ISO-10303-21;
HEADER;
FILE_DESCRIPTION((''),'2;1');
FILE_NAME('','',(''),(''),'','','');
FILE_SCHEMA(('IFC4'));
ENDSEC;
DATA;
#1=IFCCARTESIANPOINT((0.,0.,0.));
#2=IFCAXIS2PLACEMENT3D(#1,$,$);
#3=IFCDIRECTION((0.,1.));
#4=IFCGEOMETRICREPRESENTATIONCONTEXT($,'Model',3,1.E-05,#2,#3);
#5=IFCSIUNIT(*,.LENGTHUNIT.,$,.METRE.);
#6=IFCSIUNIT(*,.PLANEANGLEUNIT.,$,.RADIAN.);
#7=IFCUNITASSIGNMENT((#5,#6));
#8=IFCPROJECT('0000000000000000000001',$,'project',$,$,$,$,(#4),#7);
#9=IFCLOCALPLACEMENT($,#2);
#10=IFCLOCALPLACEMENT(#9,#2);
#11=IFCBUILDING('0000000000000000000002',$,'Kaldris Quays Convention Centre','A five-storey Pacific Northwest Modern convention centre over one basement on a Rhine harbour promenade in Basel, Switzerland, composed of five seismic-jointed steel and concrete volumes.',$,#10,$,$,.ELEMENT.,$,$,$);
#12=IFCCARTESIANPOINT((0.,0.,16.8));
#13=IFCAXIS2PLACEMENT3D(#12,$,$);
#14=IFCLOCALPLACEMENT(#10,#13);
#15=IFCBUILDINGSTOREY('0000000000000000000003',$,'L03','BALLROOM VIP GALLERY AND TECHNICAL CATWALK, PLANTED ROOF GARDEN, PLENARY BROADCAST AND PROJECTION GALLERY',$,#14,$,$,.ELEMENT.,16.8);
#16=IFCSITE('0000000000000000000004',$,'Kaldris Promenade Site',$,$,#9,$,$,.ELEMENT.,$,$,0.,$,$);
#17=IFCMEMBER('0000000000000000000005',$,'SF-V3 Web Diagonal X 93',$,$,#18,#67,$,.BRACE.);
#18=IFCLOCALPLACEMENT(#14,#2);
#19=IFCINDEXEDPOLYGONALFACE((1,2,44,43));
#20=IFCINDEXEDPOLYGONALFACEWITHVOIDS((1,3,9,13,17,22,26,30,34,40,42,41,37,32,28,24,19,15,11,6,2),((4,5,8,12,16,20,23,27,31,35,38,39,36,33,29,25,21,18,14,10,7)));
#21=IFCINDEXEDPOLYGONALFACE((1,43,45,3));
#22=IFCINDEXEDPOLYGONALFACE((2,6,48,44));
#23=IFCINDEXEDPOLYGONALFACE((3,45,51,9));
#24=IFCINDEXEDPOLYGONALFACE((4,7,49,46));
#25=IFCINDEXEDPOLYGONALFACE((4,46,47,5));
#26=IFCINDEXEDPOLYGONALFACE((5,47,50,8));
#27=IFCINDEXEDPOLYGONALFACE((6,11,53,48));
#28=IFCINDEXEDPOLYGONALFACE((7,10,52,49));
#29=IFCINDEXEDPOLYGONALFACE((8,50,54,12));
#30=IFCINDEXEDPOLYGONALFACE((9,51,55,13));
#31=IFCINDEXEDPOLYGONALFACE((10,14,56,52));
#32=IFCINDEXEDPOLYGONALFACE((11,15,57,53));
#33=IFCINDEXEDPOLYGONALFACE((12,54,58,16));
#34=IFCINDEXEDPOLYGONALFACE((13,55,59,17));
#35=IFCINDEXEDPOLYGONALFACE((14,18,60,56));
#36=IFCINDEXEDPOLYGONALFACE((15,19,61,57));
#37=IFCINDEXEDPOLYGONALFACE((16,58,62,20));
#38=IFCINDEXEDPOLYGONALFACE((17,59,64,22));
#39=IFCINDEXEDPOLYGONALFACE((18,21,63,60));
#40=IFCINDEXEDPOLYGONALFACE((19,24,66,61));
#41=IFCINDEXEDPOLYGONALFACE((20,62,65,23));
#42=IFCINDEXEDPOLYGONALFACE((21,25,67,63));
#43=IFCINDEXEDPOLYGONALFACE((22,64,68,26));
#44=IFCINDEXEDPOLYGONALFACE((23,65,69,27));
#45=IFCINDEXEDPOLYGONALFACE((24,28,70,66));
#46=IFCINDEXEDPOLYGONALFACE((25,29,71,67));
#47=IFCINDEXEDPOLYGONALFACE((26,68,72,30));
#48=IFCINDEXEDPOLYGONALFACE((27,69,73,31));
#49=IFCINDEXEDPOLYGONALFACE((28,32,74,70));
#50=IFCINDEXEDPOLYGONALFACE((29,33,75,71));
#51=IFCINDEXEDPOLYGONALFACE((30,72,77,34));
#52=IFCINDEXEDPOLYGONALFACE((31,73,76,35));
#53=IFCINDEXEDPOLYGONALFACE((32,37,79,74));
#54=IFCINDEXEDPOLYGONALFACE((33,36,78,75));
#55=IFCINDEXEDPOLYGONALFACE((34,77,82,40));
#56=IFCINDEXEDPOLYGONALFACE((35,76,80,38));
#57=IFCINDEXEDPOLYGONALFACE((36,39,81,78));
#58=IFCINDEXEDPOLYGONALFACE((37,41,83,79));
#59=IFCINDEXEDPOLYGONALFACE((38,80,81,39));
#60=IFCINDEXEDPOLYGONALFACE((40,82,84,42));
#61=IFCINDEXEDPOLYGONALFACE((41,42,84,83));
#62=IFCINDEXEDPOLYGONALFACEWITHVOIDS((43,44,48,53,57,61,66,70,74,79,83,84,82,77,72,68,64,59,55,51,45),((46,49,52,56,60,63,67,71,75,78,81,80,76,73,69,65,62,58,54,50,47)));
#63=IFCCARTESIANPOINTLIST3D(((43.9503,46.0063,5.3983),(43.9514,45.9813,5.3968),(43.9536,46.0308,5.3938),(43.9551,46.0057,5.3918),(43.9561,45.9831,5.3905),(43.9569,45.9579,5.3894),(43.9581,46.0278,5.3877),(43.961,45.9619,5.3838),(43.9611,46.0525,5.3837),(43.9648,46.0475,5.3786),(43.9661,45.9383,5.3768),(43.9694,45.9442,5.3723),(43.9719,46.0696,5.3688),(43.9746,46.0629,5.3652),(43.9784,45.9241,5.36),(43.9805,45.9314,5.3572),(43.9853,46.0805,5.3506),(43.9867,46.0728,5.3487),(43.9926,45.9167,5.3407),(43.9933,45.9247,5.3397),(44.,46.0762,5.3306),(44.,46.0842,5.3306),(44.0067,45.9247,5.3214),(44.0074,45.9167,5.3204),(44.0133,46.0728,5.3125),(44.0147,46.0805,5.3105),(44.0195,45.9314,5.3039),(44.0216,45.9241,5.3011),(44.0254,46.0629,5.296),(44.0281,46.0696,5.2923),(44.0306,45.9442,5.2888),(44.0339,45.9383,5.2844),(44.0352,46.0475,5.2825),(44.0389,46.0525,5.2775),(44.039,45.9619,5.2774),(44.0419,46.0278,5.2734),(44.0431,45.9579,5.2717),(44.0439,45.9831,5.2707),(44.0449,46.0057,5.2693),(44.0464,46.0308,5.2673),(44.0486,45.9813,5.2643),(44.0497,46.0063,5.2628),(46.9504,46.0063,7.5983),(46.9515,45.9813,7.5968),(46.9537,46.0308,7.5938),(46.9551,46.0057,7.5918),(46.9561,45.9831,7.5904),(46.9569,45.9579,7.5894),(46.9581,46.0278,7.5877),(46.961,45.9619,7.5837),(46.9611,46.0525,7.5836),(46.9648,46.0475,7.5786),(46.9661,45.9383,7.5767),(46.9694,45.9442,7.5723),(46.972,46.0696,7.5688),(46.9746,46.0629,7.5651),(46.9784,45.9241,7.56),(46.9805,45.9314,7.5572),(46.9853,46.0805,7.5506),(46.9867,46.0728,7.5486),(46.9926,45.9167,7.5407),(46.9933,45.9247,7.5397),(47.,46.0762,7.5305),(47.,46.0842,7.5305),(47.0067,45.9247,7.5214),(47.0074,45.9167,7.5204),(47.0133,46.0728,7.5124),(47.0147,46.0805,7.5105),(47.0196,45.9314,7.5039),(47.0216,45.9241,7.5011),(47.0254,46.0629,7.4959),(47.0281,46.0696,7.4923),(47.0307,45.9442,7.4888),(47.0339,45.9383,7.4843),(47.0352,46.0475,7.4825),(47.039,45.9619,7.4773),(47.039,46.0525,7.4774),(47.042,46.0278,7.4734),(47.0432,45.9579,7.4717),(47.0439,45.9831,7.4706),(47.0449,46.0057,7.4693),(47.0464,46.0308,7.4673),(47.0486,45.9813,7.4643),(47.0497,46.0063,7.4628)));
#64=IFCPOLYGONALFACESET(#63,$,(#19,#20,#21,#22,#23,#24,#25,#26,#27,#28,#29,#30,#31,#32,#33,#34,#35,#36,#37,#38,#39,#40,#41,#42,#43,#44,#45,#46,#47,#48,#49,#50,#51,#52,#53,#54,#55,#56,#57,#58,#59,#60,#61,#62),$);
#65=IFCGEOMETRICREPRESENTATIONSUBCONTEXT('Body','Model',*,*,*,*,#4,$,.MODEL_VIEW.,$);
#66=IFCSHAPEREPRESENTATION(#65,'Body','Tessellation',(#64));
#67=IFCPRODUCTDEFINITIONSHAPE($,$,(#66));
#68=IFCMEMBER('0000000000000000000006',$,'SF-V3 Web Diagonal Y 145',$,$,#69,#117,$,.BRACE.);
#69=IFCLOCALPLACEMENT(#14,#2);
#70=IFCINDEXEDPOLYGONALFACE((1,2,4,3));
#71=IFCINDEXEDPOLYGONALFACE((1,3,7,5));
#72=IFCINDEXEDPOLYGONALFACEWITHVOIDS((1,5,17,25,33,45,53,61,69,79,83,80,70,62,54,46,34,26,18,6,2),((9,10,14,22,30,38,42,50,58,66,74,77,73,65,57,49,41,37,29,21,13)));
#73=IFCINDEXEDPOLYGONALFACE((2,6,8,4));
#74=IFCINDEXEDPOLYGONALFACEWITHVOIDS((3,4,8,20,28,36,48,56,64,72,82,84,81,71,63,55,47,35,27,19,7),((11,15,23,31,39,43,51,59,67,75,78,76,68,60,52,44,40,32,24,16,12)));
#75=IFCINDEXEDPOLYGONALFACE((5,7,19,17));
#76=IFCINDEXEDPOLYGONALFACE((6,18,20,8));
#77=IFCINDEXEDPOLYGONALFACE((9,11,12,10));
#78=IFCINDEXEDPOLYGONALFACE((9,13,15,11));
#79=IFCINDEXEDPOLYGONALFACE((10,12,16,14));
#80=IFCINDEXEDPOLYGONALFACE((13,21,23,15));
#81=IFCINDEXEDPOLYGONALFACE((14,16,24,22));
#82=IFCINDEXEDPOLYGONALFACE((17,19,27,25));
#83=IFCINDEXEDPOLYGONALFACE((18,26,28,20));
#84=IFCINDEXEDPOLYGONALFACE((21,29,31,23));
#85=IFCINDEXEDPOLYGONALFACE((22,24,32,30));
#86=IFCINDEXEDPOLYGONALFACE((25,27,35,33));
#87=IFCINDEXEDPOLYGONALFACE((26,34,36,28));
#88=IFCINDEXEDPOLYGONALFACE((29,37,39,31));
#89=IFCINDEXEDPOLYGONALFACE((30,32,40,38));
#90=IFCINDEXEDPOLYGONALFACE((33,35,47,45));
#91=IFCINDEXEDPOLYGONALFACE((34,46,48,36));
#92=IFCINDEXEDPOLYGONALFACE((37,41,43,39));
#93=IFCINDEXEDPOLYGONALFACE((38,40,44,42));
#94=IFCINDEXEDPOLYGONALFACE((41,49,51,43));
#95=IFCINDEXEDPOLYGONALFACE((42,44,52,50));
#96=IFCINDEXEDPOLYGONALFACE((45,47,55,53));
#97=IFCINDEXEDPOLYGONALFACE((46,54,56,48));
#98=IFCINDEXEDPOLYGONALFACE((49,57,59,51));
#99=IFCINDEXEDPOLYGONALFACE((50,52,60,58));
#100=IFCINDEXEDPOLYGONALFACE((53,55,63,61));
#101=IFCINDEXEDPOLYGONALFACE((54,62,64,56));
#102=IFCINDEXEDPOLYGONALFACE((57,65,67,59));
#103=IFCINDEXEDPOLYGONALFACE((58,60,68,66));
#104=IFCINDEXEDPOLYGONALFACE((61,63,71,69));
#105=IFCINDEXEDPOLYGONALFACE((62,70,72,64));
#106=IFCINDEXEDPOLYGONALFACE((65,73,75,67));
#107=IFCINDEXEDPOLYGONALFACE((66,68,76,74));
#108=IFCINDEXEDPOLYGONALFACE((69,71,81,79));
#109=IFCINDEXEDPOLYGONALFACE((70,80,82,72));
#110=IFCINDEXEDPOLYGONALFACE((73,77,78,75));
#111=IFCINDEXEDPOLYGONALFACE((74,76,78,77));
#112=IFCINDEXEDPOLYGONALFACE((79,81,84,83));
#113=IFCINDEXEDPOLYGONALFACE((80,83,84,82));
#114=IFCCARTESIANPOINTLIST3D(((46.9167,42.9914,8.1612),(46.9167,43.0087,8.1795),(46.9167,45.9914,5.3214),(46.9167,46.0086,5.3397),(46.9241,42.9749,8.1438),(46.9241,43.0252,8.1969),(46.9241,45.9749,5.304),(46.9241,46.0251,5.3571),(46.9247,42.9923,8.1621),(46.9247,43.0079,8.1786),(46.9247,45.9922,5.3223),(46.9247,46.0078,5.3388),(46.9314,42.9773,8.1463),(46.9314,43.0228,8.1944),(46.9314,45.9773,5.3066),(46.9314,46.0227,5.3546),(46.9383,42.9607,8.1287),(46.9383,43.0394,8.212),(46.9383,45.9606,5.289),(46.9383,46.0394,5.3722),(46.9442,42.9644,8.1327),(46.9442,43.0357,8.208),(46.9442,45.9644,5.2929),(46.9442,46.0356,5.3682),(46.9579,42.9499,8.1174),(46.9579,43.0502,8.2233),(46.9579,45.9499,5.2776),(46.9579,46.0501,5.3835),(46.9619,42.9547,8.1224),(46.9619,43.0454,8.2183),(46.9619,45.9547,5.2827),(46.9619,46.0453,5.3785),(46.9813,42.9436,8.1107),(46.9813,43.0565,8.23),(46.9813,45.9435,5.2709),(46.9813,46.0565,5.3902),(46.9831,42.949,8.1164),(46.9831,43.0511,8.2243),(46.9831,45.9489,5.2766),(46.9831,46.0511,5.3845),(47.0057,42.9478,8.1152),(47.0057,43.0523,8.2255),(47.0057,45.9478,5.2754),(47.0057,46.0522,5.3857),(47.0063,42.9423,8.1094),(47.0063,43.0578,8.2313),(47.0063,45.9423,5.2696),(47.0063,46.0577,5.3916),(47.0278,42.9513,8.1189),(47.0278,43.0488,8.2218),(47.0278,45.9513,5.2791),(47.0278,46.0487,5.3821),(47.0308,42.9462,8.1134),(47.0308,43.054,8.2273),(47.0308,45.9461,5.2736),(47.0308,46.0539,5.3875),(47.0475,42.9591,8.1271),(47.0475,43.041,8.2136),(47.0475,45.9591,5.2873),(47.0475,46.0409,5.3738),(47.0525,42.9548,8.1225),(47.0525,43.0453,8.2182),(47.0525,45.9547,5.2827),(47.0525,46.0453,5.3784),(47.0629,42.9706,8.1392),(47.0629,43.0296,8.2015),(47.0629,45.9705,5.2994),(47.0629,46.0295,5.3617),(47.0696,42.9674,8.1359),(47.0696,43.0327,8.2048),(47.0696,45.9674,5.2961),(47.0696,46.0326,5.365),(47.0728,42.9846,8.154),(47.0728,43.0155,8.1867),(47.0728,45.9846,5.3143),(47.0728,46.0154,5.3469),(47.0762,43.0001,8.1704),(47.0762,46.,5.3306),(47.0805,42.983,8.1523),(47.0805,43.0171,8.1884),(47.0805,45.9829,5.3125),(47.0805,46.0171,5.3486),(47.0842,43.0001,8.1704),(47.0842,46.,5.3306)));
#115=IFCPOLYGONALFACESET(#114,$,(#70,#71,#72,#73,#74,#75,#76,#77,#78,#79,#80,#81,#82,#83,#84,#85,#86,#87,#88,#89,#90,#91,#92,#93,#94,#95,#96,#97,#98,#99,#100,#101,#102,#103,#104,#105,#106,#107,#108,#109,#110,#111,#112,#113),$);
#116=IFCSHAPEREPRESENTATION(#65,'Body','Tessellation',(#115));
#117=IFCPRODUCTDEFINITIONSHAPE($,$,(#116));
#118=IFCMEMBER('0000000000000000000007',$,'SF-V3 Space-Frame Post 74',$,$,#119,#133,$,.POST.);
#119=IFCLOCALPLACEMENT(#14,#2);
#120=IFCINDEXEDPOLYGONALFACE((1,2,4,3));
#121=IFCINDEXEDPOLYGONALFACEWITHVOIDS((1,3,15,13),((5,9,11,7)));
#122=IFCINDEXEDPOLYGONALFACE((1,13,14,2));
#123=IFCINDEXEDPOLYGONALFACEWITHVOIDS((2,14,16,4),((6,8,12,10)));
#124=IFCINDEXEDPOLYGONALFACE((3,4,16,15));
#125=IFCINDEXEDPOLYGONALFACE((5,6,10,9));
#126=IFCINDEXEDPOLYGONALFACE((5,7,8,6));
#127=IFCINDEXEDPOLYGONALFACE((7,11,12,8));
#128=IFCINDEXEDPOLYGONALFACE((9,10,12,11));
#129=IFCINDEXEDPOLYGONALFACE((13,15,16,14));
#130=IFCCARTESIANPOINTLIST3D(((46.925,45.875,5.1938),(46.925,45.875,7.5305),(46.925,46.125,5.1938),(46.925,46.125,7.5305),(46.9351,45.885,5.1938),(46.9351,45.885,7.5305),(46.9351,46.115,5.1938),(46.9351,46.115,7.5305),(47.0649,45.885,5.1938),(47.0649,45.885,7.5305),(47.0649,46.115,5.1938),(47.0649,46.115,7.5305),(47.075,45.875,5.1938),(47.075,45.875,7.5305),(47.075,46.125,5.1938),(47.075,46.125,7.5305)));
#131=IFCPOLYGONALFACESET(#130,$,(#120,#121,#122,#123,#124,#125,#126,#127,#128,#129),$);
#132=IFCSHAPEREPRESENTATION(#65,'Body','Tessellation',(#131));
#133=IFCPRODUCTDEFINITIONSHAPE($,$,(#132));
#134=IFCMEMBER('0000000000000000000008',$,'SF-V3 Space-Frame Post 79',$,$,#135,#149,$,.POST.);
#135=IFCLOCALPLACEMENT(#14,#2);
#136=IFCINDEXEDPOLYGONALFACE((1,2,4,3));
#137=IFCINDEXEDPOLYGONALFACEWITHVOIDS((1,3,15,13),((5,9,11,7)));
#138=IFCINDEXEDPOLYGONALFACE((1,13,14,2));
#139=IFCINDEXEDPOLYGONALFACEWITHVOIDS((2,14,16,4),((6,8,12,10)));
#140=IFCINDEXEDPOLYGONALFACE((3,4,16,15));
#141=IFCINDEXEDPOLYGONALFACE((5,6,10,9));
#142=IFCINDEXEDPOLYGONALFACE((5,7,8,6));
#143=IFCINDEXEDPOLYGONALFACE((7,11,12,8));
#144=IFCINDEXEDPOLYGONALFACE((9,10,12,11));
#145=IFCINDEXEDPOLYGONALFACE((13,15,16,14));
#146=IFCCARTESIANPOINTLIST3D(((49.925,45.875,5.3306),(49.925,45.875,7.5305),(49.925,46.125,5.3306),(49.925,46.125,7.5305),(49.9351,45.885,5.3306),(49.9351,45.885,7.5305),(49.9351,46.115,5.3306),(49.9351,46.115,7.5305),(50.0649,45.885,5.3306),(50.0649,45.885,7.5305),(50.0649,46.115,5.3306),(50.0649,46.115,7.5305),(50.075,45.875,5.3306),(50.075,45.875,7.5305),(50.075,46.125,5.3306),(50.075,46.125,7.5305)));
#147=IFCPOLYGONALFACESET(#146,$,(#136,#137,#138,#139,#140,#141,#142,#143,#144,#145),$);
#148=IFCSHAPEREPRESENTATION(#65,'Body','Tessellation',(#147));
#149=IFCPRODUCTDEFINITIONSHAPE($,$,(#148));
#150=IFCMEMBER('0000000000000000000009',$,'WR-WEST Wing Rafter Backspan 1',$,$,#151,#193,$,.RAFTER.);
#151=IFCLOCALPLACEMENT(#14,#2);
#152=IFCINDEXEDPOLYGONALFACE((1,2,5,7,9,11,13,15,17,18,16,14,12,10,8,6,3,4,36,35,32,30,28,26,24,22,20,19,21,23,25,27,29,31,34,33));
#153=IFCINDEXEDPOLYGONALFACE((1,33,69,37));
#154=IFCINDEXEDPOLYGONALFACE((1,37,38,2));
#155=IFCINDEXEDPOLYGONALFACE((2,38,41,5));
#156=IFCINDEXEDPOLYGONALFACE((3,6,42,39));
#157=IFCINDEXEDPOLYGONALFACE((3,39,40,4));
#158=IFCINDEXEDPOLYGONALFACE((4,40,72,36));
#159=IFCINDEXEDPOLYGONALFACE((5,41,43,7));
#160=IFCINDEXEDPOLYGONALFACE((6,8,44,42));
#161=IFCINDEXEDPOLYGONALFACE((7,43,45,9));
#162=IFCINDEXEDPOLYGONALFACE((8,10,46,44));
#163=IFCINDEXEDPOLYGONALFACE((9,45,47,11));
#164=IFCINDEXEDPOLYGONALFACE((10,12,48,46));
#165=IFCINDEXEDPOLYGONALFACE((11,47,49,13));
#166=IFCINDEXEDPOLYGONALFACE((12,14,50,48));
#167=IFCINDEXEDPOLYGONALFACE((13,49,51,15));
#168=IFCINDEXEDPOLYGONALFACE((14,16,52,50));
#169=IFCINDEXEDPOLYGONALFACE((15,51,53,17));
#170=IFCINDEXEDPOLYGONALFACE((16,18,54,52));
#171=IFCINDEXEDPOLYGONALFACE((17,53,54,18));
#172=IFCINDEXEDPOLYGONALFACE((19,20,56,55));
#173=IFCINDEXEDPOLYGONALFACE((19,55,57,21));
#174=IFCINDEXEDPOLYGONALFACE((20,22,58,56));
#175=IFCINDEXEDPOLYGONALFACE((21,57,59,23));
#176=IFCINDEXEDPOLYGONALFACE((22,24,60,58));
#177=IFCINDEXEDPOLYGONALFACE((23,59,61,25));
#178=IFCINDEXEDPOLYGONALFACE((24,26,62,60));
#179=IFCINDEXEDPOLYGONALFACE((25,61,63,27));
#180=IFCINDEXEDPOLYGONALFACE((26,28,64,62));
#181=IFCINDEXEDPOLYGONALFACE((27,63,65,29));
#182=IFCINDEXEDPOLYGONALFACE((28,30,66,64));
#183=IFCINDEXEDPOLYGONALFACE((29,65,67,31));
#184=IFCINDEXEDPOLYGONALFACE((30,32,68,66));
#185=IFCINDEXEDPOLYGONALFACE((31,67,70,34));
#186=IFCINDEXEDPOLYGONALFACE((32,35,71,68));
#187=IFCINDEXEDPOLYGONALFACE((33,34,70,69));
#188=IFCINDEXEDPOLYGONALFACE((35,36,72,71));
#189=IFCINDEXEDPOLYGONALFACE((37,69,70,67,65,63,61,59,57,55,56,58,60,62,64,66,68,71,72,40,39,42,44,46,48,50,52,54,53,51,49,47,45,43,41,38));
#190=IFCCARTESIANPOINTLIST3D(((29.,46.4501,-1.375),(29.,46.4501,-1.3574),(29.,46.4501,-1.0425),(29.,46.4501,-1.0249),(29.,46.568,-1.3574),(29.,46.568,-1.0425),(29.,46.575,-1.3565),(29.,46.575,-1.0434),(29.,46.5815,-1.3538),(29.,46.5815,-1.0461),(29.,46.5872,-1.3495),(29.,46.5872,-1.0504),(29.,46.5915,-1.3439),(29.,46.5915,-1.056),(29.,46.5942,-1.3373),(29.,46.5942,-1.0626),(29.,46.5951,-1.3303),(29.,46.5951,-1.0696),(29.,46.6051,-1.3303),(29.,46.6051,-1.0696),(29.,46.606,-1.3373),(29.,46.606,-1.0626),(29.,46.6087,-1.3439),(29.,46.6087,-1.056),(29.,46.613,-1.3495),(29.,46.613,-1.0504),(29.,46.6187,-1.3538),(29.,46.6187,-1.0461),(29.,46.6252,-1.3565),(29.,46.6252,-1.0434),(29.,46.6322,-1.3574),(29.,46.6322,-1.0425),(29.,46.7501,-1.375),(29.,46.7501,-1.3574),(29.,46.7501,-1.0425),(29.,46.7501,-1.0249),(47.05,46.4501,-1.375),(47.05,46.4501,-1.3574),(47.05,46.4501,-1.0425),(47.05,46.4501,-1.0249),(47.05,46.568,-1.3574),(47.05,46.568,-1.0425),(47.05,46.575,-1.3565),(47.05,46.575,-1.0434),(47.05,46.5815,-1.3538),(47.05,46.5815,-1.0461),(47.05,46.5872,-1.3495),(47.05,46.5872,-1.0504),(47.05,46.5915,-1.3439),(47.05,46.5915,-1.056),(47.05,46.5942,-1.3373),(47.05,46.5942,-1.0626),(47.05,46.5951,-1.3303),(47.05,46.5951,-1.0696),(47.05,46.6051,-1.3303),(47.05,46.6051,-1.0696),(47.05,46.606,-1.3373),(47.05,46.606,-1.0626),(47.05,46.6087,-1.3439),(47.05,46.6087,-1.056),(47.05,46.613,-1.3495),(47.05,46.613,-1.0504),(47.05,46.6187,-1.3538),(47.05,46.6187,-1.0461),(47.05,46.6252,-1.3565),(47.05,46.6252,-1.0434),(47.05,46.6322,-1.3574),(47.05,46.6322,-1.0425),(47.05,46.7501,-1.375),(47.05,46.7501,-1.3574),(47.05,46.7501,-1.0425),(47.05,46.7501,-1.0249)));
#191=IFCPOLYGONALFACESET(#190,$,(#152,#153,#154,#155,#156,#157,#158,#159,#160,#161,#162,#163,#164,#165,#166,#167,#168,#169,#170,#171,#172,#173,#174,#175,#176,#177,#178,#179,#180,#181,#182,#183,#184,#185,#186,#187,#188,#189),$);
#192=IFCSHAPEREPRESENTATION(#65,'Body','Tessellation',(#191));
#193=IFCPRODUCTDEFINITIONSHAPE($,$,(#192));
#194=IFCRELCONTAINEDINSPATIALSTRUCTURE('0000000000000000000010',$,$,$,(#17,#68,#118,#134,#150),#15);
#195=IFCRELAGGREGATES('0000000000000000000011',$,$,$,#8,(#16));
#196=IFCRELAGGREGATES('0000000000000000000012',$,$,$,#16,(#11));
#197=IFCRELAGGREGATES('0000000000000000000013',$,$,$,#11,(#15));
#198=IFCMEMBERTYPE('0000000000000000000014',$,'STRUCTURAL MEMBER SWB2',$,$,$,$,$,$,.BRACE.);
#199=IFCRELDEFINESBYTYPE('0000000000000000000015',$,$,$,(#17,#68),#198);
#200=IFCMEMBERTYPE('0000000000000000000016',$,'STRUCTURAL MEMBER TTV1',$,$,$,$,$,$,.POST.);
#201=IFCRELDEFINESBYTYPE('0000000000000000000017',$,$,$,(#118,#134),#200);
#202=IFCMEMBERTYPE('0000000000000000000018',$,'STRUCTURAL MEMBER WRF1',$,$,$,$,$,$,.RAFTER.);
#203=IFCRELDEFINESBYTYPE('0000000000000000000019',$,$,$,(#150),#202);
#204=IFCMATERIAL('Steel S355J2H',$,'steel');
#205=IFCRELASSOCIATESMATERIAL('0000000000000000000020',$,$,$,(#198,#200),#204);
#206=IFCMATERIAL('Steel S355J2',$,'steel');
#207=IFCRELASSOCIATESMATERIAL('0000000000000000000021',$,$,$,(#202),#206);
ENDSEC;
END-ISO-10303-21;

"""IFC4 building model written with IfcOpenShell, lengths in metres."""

from ifc_helpers import new_model, si_unit, direction, frame, origin, origin_2d, place, context, subcontext, project, spatial, hollow_rectangle, hollow_circle, i_section, extrude, material, material_profile, profile_set, type_object, element, save


model = new_model("IFC4")

# Units and contexts
model_context = context("Model", 3, precision=1e-05, world=origin(), true_north=direction((0.0, 1.0)))
body_context = subcontext(model_context, "Body", "Model", "MODEL_VIEW")
ifc_project = project(units=[si_unit("LENGTHUNIT", "METRE"), si_unit("PLANEANGLEUNIT", "RADIAN")], contexts=[model_context])

# Site, building, storey
site_placement = place(None, origin())
site = spatial("IfcSite", under=ifc_project, at=site_placement, Name="Kaldris Promenade Site", CompositionType="ELEMENT", RefElevation=0.0)
building_placement = place(site_placement, origin())
building = spatial("IfcBuilding", under=site, at=building_placement, Name="Kaldris Quays Convention Centre", Description="A five-storey Pacific Northwest Modern convention centre over one basement on a Rhine harbour promenade in Basel, Switzerland, composed of five seismic-jointed steel and concrete volumes.", CompositionType="ELEMENT")
storey_placement = place(building_placement, frame((0.0, 0.0, 16.8)))
storey = spatial("IfcBuildingStorey", under=building, at=storey_placement, Name="L03", Description="BALLROOM VIP GALLERY AND TECHNICAL CATWALK, PLANTED ROOF GARDEN, PLENARY BROADCAST AND PROJECTION GALLERY", CompositionType="ELEMENT", Elevation=16.8)

# Shared definitions
ifc_material_1 = material(Name="Steel S355J2", Category="steel")

# Members
ifc_material_2 = material(Name="Steel S355J2H", Category="steel")
ifc_material_profile_1 = material_profile(ifc_material_2, hollow_circle(Radius=0.0842, WallThickness=0.0081, at=origin_2d()), Name="CHS 168.3x8")
ifc_profile_set_1 = profile_set([ifc_material_profile_1], Name="Steel S355J2H")
member_type_1 = type_object("IfcMemberType", Name="STRUCTURAL MEMBER SWB2", PredefinedType="BRACE", material=ifc_profile_set_1)
member_1_placement = place(storey_placement, frame((44.0, 46.0, 5.3306), z_axis=(0.806411, 0.0, 0.591355), x_axis=(0.0, 1.0, 0.0)))
element("IfcMember", 1, at=member_1_placement, inside=storey, type_object=member_type_1, Name="SF-V3 Web Diagonal X 93", PredefinedType="BRACE", context=body_context, shape_type="SweptSolid", body=[
    extrude(hollow_circle(Radius=0.0842, WallThickness=0.0081, at=origin_2d()), origin(), (0.0, 0.0, 1.0), 3.7202),
])
member_2_placement = place(storey_placement, frame((47.0, 46.0, 5.3306), z_axis=(0.0, -0.726226, 0.687456), x_axis=(1.0, 0.0, 0.0)))
element("IfcMember", 2, at=member_2_placement, inside=storey, type_object=member_type_1, Name="SF-V3 Web Diagonal Y 145", PredefinedType="BRACE", context=body_context, shape_type="SweptSolid", body=[
    extrude(hollow_circle(Radius=0.0842, WallThickness=0.0081, at=origin_2d()), origin(), (0.0, 0.0, 1.0), 4.1309),
])
ifc_material_profile_2 = material_profile(ifc_material_2, hollow_rectangle(XDim=0.1499, YDim=0.25, WallThickness=0.01, at=origin_2d()), Name="RHS 250x150x10")
ifc_profile_set_2 = profile_set([ifc_material_profile_2], Name="Steel S355J2H")
member_type_2 = type_object("IfcMemberType", Name="STRUCTURAL MEMBER TTV1", PredefinedType="POST", material=ifc_profile_set_2)
member_3_placement = place(storey_placement, frame((47.0, 46.0, 5.1938), z_axis=(0.0, 0.0, 1.0), x_axis=(1.0, 0.0, 0.0)))
element("IfcMember", 3, at=member_3_placement, inside=storey, type_object=member_type_2, Name="SF-V3 Space-Frame Post 74", PredefinedType="POST", context=body_context, shape_type="SweptSolid", body=[
    extrude(hollow_rectangle(XDim=0.1499, YDim=0.25, WallThickness=0.01, at=origin_2d()), origin(), (0.0, 0.0, 1.0), 2.3367),
])
member_4_placement = place(storey_placement, frame((50.0, 46.0, 5.3306), z_axis=(0.0, 0.0, 1.0), x_axis=(1.0, 0.0, 0.0)))
element("IfcMember", 4, at=member_4_placement, inside=storey, type_object=member_type_2, Name="SF-V3 Space-Frame Post 79", PredefinedType="POST", context=body_context, shape_type="SweptSolid", body=[
    extrude(hollow_rectangle(XDim=0.1499, YDim=0.25, WallThickness=0.01, at=origin_2d()), origin(), (0.0, 0.0, 1.0), 2.2),
])
ifc_material_profile_3 = material_profile(ifc_material_1, i_section(OverallWidth=0.3, OverallDepth=0.3501, WebThickness=0.01, FlangeThickness=0.0176, FilletRadius=0.0271, at=origin_2d()), Name="HEA 360")
ifc_profile_set_3 = profile_set([ifc_material_profile_3], Name="Steel S355J2")
member_type_3 = type_object("IfcMemberType", Name="STRUCTURAL MEMBER WRF1", PredefinedType="RAFTER", material=ifc_profile_set_3)
for number, where, z_axis, x_axis, name in (
    (5, (47.05, 46.6001, -1.2), (-1.0, 0.0, 0.0), (0.0, -1.0, 0.0), "WR-WEST Wing Rafter Backspan 1"),
):
    element("IfcMember", number, at=place(storey_placement, frame(where, z_axis=z_axis, x_axis=x_axis)), inside=storey, type_object=member_type_3, Name=name, PredefinedType="RAFTER", context=body_context, shape_type="SweptSolid", body=[
        extrude(i_section(OverallWidth=0.3, OverallDepth=0.3501, WebThickness=0.01, FlangeThickness=0.0176, FilletRadius=0.0271, at=origin_2d()), origin(), (0.0, 0.0, 1.0), 18.05),
    ])

save(model, "model.ifc")
